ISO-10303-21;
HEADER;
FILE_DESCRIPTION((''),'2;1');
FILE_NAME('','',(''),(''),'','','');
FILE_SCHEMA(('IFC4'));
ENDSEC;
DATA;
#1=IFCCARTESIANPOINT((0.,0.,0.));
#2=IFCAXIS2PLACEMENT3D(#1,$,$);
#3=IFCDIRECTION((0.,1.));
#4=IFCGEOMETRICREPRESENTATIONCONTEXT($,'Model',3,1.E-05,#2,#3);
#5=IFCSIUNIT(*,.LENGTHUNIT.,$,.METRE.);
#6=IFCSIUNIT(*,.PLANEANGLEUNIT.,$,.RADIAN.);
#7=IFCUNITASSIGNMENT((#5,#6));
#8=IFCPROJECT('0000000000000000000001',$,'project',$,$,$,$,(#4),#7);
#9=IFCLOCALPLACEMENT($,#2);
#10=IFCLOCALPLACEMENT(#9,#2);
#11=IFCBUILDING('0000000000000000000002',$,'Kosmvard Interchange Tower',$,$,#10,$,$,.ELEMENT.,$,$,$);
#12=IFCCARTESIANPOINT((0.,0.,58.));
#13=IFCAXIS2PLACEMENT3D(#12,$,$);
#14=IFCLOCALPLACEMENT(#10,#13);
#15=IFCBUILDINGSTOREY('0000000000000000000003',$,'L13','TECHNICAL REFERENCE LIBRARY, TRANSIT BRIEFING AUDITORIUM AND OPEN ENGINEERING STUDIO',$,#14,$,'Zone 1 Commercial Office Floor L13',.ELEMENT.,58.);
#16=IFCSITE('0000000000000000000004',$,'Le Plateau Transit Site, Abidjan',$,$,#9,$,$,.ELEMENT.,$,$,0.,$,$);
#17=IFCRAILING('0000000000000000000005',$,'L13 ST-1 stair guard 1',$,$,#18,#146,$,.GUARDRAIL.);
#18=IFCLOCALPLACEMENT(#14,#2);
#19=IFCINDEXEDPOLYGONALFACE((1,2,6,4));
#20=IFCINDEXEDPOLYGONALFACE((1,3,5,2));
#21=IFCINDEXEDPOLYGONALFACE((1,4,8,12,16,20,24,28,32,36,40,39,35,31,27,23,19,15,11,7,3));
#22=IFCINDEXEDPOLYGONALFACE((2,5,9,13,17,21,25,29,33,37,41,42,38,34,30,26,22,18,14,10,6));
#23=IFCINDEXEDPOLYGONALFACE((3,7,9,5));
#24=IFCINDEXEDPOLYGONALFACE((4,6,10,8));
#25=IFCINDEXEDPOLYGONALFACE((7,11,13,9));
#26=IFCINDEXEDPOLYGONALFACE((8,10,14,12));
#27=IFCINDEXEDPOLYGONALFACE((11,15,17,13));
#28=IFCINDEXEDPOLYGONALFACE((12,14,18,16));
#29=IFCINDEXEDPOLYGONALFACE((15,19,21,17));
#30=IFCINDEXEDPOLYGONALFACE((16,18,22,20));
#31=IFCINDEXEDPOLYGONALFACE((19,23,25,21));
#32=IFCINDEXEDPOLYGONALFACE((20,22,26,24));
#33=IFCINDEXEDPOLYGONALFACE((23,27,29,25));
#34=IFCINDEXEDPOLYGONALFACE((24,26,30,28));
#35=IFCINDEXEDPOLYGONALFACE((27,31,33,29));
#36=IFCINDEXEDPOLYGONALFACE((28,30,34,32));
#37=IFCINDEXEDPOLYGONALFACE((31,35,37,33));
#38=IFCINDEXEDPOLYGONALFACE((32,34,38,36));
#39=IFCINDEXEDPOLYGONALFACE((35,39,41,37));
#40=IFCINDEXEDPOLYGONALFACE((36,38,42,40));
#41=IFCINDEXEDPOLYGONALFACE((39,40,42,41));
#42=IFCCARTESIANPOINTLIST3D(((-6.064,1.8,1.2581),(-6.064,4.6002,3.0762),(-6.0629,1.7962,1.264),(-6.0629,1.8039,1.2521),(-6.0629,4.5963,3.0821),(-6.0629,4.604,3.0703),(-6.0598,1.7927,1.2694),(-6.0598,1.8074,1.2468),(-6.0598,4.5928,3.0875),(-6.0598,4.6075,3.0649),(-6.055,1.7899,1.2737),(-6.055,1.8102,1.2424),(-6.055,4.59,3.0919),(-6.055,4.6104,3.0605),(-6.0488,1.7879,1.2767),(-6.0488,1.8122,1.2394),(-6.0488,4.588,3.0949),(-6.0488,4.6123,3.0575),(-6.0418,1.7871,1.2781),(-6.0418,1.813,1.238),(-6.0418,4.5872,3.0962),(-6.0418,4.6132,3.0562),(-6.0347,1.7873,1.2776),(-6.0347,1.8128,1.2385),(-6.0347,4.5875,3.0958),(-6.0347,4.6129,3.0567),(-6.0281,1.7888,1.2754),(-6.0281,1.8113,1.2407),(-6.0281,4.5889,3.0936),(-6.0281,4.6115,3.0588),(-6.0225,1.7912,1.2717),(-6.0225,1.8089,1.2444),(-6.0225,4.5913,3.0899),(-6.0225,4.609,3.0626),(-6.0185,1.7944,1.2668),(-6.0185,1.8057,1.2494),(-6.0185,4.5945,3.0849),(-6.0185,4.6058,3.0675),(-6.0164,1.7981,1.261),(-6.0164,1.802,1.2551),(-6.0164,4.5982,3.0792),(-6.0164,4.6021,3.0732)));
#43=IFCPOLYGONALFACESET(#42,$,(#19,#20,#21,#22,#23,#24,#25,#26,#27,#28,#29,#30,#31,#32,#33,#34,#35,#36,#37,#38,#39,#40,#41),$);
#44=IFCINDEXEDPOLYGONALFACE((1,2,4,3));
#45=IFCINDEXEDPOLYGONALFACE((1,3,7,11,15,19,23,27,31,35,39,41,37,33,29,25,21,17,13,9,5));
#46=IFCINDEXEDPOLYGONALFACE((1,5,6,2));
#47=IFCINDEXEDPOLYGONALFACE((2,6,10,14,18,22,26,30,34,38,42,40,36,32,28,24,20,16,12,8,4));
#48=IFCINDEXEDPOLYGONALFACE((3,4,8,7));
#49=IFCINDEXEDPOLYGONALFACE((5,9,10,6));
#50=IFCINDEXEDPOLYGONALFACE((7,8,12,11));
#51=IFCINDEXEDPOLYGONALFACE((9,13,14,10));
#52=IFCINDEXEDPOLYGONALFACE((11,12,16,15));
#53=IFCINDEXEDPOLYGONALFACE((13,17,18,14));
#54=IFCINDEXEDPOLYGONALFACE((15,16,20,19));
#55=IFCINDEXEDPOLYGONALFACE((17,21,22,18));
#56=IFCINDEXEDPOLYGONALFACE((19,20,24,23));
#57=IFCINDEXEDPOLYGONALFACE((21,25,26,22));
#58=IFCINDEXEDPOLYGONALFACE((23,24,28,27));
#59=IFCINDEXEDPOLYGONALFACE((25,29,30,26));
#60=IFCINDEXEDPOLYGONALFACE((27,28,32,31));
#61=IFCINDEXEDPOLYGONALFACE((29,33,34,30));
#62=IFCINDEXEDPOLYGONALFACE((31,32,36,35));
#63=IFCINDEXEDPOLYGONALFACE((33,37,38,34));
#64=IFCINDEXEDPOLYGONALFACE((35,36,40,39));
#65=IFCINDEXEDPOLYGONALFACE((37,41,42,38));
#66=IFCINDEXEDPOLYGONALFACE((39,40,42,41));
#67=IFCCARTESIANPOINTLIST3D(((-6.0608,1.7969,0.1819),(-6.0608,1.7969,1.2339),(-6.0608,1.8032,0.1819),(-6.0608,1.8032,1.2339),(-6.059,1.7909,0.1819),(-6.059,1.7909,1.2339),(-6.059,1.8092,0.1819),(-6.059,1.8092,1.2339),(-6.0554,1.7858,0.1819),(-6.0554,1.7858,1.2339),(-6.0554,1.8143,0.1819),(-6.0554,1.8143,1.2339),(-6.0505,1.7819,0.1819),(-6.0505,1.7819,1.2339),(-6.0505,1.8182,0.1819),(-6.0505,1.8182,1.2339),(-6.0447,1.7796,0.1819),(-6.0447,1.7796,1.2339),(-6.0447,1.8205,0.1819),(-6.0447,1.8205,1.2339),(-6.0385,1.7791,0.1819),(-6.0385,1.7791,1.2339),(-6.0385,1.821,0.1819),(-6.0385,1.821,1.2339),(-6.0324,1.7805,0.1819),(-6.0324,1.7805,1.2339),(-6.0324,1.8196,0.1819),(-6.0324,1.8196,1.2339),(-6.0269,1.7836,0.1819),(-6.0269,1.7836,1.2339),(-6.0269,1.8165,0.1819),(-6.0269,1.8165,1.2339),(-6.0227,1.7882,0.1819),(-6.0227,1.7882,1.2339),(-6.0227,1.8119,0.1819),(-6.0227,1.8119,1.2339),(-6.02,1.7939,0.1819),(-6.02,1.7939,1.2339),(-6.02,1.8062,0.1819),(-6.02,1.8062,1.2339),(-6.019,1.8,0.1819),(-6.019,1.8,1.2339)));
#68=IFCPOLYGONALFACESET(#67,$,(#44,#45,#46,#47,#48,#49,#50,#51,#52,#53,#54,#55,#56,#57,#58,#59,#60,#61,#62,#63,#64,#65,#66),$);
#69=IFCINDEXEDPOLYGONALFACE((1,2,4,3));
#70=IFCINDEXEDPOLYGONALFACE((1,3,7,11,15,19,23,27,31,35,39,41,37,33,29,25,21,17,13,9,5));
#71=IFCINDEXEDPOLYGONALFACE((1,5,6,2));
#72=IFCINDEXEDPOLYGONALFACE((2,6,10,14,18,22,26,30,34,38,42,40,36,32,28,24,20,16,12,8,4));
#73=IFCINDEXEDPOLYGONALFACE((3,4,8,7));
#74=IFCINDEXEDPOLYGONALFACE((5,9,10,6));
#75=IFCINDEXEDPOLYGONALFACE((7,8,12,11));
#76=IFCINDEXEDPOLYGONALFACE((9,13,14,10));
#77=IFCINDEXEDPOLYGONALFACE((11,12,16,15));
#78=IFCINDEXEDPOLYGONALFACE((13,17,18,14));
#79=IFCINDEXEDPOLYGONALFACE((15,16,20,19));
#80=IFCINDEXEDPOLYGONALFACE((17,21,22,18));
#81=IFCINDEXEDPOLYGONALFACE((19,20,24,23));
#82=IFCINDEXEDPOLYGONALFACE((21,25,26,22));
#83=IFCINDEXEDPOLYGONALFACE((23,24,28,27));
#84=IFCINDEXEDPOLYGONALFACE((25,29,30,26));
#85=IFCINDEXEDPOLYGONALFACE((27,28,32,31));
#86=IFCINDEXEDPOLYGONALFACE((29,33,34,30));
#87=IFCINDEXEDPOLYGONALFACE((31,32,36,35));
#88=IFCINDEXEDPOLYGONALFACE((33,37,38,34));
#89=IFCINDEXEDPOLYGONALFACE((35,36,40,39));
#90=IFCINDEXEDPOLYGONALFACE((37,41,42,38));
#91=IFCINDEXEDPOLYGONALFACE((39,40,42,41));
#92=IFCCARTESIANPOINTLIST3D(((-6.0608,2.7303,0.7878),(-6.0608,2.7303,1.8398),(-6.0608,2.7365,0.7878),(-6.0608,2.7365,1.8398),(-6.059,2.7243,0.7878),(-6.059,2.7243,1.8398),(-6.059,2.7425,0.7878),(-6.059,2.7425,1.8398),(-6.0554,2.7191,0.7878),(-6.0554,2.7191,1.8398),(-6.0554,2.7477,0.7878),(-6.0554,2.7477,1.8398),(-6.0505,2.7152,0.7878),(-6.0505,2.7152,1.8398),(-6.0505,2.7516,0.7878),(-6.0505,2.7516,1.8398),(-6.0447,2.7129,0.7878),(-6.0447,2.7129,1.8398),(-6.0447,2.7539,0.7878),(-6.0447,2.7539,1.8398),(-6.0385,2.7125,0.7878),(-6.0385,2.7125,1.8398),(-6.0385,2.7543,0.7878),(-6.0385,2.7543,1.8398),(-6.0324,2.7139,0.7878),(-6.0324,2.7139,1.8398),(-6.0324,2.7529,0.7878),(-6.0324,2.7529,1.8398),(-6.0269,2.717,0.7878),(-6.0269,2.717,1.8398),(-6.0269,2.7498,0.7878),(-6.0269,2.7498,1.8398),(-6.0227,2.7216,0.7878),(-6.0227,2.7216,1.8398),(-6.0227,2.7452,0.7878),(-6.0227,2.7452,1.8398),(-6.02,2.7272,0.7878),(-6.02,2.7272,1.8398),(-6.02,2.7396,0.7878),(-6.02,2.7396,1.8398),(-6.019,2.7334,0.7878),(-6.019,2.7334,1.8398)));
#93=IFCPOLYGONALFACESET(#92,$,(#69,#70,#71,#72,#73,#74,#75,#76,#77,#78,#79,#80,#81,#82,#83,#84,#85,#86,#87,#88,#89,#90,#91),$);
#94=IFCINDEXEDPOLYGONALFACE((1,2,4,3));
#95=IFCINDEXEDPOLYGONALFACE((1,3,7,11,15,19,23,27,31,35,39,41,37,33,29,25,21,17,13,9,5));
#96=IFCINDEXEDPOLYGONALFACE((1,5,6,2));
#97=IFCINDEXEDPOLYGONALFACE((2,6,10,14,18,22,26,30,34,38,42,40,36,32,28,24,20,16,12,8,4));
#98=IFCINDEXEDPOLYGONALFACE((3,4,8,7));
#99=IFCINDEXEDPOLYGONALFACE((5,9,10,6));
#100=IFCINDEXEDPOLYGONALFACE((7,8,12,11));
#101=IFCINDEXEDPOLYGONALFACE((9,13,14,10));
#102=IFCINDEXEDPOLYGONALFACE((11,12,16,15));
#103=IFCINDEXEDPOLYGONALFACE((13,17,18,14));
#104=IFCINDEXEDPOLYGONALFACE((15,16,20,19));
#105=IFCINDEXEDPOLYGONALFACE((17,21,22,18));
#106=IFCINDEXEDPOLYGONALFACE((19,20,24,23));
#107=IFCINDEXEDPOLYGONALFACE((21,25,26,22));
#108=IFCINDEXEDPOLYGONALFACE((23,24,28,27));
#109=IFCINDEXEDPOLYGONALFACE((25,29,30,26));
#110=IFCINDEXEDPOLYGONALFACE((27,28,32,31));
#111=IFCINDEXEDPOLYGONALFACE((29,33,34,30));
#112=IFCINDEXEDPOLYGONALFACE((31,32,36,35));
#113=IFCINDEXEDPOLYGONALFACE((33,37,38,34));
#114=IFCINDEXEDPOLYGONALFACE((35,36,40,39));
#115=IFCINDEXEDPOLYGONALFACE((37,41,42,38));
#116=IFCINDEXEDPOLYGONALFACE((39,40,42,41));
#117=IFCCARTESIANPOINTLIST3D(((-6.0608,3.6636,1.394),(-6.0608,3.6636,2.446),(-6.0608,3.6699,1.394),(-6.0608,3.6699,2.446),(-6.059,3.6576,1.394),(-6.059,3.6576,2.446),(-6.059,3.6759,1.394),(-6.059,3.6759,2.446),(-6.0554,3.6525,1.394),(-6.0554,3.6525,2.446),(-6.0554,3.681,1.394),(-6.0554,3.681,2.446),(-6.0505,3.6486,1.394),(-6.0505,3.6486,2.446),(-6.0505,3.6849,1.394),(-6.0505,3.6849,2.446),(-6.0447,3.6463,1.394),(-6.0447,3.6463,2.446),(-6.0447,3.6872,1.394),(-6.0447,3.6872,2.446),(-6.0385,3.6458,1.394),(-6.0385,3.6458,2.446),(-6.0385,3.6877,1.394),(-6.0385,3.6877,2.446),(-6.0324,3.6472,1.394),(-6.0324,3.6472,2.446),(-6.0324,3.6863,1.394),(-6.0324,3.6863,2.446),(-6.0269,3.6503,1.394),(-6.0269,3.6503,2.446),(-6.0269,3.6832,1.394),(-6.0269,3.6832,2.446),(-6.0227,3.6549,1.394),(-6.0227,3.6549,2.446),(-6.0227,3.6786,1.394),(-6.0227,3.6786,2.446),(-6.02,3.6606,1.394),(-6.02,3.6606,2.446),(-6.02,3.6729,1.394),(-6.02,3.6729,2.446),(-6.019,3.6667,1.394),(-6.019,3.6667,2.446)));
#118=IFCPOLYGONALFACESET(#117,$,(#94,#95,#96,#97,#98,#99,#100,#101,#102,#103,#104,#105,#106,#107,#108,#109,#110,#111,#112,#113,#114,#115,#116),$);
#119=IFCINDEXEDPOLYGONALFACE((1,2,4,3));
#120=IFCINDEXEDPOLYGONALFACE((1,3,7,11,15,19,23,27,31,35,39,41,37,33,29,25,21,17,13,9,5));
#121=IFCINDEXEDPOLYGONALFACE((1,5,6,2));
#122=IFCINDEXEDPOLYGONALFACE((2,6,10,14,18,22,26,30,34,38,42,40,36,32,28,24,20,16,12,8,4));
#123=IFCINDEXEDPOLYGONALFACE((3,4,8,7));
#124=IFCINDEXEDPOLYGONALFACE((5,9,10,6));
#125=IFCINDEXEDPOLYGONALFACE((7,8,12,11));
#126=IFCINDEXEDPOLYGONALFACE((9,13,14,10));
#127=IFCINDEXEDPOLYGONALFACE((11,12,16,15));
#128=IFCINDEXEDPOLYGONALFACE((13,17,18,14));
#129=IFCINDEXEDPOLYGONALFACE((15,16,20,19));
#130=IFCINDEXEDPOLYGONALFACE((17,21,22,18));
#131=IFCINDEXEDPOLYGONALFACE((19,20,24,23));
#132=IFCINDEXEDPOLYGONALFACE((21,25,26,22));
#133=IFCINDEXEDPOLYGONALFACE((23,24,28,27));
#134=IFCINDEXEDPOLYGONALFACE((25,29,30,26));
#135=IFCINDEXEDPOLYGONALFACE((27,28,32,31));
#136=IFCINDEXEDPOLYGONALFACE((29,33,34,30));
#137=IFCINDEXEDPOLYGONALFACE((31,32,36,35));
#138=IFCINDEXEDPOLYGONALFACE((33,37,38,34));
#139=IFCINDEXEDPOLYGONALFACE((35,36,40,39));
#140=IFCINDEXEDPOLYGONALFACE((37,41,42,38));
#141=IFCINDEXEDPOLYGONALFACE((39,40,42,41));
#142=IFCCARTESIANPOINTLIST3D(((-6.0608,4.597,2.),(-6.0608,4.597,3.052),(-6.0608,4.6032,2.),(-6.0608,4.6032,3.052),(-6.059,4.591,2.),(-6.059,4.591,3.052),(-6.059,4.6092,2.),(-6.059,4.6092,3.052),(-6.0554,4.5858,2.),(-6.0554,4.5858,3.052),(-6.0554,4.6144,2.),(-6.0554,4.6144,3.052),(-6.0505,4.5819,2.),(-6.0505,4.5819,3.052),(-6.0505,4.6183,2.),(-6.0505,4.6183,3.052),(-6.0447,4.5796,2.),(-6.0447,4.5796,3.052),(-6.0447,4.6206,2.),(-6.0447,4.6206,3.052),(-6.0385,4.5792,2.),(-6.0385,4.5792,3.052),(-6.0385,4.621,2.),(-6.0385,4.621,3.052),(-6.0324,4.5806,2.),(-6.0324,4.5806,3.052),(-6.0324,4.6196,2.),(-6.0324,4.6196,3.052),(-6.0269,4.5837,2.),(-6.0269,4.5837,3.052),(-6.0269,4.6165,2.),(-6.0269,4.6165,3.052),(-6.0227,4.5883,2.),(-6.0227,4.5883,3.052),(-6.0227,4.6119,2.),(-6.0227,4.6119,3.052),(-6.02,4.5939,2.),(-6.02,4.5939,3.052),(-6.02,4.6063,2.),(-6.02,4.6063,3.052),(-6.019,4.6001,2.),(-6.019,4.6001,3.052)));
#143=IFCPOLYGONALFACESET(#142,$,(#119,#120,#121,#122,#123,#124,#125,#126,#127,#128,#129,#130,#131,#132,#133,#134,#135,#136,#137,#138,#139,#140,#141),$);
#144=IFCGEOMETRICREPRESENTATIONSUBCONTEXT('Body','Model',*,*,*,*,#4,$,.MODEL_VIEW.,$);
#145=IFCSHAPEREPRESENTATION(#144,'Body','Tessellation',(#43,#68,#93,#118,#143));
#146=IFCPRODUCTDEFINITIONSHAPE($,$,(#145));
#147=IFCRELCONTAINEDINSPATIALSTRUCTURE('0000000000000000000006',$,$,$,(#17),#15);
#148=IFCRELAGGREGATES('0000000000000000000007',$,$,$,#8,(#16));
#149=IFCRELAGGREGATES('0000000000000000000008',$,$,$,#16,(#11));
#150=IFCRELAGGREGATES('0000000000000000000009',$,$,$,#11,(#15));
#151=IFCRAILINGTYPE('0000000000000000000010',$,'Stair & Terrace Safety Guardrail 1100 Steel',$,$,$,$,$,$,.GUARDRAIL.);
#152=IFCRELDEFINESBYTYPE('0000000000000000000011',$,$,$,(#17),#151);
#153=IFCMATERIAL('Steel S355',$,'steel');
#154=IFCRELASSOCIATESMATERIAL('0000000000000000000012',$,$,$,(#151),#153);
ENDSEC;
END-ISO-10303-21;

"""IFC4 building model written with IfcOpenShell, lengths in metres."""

from ifc_helpers import new_model, si_unit, direction, frame, origin, origin_2d, place, context, subcontext, project, spatial, circle, extrude, source, transform, mapped, material, type_object, element, save


model = new_model("IFC4")

# Units and contexts
model_context = context("Model", 3, precision=1e-05, world=origin(), true_north=direction((0.0, 1.0)))
body_context = subcontext(model_context, "Body", "Model", "MODEL_VIEW")
ifc_project = project(units=[si_unit("LENGTHUNIT", "METRE"), si_unit("PLANEANGLEUNIT", "RADIAN")], contexts=[model_context])

# Site, building, storey
site_placement = place(None, origin())
site = spatial("IfcSite", under=ifc_project, at=site_placement, Name="Le Plateau Transit Site, Abidjan", CompositionType="ELEMENT", RefElevation=0.0)
building_placement = place(site_placement, origin())
building = spatial("IfcBuilding", under=site, at=building_placement, Name="Kosmvard Interchange Tower", CompositionType="ELEMENT")
storey_placement = place(building_placement, frame((0.0, 0.0, 58.0)))
storey = spatial("IfcBuildingStorey", under=building, at=storey_placement, Name="L13", Description="TECHNICAL REFERENCE LIBRARY, TRANSIT BRIEFING AUDITORIUM AND OPEN ENGINEERING STUDIO", LongName="Zone 1 Commercial Office Floor L13", CompositionType="ELEMENT", Elevation=58.0)

# Shared definitions
ifc_material_1 = material(Name="Steel S355", Category="steel")

# Railing
railing_type_1 = type_object("IfcRailingType", Name="Stair & Terrace Safety Guardrail 1100 Steel", PredefinedType="GUARDRAIL", material=ifc_material_1)
shared_shape_1 = source(origin(), body_context, "Body", "SweptSolid", [
    extrude(circle(Radius=0.0239, at=origin_2d()), frame((0.0, 0.0, 1.0762), z_axis=(0.0, 0.838706, 0.544585), x_axis=(-1.0, 0.0, 0.0)), (0.0, 0.0, 1.0), 3.3386),
    extrude(circle(Radius=0.021, at=origin_2d()), origin(), (0.0, 0.0, 1.0), 1.052),
    extrude(circle(Radius=0.021, at=origin_2d()), frame((0.0, 0.9333, 0.606)), (0.0, 0.0, 1.0), 1.052),
    extrude(circle(Radius=0.021, at=origin_2d()), frame((0.0, 1.8667, 1.2122)), (0.0, 0.0, 1.0), 1.052),
    extrude(circle(Radius=0.021, at=origin_2d()), frame((0.0, 2.8, 1.8181)), (0.0, 0.0, 1.0), 1.052),
])
railing_1_placement = place(storey_placement, frame((-6.04, 1.8, 0.1819)))
element("IfcRailing", 1, at=railing_1_placement, inside=storey, type_object=railing_type_1, Name="L13 ST-1 stair guard 1", PredefinedType="GUARDRAIL", context=body_context, shape_type="MappedRepresentation", body=[
    mapped(shared_shape_1, transform((0.0, 0.0, 0.0), scale=1.0)),
])

save(model, "model.ifc")
